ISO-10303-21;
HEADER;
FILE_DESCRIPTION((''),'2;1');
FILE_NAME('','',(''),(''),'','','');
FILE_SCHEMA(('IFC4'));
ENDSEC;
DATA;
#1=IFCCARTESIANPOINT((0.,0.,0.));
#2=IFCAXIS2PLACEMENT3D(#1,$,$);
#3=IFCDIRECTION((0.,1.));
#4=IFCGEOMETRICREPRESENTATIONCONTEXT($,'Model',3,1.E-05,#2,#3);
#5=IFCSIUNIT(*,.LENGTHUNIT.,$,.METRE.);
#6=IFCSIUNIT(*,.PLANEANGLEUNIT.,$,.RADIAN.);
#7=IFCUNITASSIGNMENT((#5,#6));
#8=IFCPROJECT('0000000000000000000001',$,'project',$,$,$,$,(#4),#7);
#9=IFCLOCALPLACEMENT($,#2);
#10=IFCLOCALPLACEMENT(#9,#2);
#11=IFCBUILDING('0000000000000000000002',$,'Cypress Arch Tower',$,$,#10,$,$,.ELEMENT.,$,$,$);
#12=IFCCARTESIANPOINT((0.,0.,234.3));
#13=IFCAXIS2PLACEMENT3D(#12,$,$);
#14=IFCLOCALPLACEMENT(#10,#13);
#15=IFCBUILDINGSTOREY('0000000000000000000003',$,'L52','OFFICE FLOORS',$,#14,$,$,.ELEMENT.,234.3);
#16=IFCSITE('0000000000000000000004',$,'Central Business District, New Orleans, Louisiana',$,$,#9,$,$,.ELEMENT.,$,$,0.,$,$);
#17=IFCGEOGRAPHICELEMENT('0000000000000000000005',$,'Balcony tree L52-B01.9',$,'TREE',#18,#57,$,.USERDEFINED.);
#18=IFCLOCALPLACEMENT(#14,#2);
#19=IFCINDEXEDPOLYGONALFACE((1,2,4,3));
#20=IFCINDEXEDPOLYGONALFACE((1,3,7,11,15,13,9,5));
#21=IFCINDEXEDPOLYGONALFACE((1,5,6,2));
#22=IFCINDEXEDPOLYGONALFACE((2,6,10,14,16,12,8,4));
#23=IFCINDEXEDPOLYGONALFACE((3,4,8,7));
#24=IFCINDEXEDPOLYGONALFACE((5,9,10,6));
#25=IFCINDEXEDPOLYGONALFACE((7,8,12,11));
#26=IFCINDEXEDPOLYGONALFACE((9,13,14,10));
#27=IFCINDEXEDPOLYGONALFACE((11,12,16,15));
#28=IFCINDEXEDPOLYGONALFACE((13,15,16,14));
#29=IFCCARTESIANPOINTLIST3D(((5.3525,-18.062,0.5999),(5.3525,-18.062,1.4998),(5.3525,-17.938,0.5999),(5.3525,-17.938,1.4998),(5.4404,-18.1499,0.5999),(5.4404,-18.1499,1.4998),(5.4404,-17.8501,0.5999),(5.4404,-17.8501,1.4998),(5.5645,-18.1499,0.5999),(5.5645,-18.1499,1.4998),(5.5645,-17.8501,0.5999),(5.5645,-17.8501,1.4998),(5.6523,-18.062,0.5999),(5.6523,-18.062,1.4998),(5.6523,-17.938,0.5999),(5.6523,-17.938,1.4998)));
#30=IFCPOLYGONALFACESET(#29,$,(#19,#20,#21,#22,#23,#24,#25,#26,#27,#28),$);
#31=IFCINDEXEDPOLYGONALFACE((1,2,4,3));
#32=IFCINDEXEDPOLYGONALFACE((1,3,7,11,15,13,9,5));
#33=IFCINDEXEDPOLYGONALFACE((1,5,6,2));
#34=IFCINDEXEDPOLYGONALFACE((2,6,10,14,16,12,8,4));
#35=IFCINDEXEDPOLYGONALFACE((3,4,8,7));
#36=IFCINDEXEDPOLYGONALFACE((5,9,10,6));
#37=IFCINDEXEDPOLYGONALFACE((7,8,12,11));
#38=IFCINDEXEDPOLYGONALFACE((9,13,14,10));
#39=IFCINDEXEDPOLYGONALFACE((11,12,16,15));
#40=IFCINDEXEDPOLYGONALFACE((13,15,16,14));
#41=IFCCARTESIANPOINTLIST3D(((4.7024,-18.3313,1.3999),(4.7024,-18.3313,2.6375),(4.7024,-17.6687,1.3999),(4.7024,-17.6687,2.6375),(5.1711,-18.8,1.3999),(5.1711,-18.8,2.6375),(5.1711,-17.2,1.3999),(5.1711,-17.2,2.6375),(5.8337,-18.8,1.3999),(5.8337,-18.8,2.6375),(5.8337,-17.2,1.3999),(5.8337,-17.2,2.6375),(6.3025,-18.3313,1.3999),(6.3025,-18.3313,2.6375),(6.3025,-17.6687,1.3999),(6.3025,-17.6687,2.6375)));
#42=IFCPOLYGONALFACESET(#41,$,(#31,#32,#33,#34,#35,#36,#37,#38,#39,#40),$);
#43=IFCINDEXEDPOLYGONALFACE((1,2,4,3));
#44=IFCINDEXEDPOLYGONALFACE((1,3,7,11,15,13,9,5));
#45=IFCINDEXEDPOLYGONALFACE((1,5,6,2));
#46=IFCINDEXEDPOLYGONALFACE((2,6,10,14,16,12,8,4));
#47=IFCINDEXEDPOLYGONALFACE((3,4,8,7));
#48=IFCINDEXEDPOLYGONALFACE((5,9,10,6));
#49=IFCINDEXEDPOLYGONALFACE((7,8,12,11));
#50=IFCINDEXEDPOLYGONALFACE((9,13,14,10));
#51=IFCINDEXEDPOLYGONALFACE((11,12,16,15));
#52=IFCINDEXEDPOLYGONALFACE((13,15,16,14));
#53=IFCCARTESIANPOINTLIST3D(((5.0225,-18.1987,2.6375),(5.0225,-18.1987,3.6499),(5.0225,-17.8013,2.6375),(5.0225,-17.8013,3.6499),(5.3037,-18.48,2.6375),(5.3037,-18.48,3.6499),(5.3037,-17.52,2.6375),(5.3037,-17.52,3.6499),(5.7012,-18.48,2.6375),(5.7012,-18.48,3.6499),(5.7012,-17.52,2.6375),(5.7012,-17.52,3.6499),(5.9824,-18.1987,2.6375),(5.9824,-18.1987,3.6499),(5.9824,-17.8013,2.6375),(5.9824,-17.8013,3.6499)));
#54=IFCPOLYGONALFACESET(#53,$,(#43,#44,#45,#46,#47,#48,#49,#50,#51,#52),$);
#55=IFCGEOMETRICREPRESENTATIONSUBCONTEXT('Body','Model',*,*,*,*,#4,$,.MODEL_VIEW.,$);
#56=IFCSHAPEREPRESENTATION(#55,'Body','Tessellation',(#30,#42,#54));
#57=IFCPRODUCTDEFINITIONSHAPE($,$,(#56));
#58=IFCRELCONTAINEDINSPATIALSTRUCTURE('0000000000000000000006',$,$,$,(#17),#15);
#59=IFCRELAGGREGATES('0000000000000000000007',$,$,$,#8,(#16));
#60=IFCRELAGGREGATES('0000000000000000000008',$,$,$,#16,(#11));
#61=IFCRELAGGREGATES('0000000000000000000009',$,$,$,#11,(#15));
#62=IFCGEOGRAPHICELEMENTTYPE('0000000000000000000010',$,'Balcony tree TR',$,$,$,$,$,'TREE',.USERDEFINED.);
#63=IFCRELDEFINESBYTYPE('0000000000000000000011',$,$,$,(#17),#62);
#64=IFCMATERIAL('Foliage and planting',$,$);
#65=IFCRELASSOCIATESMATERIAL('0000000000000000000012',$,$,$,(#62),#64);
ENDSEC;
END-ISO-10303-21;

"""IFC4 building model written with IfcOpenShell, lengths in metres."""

from ifc_helpers import new_model, si_unit, direction, frame, origin, place, context, subcontext, project, spatial, polyline, outline, extrude, material, type_object, element, save


model = new_model("IFC4")

# Units and contexts
model_context = context("Model", 3, precision=1e-05, world=origin(), true_north=direction((0.0, 1.0)))
body_context = subcontext(model_context, "Body", "Model", "MODEL_VIEW")
ifc_project = project(units=[si_unit("LENGTHUNIT", "METRE"), si_unit("PLANEANGLEUNIT", "RADIAN")], contexts=[model_context])

# Site, building, storey
site_placement = place(None, origin())
site = spatial("IfcSite", under=ifc_project, at=site_placement, Name="Central Business District, New Orleans, Louisiana", CompositionType="ELEMENT", RefElevation=0.0)
building_placement = place(site_placement, origin())
building = spatial("IfcBuilding", under=site, at=building_placement, Name="Cypress Arch Tower", CompositionType="ELEMENT")
storey_placement = place(building_placement, frame((0.0, 0.0, 234.3)))
storey = spatial("IfcBuildingStorey", under=building, at=storey_placement, Name="L52", Description="OFFICE FLOORS", CompositionType="ELEMENT", Elevation=234.3)

# Geographic element
ifc_material_1 = material(Name="Foliage and planting")
geographic_element_type = type_object("IfcGeographicElementType", Name="Balcony tree TR", ElementType="TREE", PredefinedType="USERDEFINED", material=ifc_material_1)
for number, where, z_axis, x_axis, name in (
    (1, (5.5024, -18.0, 0.5999), (0.0, 0.0, 1.0), (1.0, 0.0, 0.0), "Balcony tree L52-B01.9"),
):
    element("IfcGeographicElement", number, at=place(storey_placement, frame(where, z_axis=z_axis, x_axis=x_axis)), inside=storey, type_object=geographic_element_type, Name=name, ObjectType="TREE", PredefinedType="USERDEFINED", context=body_context, shape_type="SweptSolid", body=[
        extrude(outline(polyline([(0.1499, 0.062), (0.062, 0.1499), (-0.062, 0.1499), (-0.1499, 0.062), (-0.1499, -0.062), (-0.062, -0.1499), (0.062, -0.1499), (0.1499, -0.062), (0.1499, 0.062)])), origin(), (0.0, 0.0, 1.0), 0.8999),
        extrude(outline(polyline([(0.8, 0.3313), (0.3313, 0.8), (-0.3313, 0.8), (-0.8, 0.3313), (-0.8, -0.3313), (-0.3313, -0.8), (0.3313, -0.8), (0.8, -0.3313), (0.8, 0.3313)])), frame((0.0, 0.0, 0.8)), (0.0, 0.0, 1.0), 1.2375),
        extrude(outline(polyline([(0.48, 0.1987), (0.1987, 0.48), (-0.1987, 0.48), (-0.48, 0.1987), (-0.48, -0.1987), (-0.1987, -0.48), (0.1987, -0.48), (0.48, -0.1987), (0.48, 0.1987)])), frame((0.0, 0.0, 2.0376)), (0.0, 0.0, 1.0), 1.0125),
    ])

save(model, "model.ifc")
